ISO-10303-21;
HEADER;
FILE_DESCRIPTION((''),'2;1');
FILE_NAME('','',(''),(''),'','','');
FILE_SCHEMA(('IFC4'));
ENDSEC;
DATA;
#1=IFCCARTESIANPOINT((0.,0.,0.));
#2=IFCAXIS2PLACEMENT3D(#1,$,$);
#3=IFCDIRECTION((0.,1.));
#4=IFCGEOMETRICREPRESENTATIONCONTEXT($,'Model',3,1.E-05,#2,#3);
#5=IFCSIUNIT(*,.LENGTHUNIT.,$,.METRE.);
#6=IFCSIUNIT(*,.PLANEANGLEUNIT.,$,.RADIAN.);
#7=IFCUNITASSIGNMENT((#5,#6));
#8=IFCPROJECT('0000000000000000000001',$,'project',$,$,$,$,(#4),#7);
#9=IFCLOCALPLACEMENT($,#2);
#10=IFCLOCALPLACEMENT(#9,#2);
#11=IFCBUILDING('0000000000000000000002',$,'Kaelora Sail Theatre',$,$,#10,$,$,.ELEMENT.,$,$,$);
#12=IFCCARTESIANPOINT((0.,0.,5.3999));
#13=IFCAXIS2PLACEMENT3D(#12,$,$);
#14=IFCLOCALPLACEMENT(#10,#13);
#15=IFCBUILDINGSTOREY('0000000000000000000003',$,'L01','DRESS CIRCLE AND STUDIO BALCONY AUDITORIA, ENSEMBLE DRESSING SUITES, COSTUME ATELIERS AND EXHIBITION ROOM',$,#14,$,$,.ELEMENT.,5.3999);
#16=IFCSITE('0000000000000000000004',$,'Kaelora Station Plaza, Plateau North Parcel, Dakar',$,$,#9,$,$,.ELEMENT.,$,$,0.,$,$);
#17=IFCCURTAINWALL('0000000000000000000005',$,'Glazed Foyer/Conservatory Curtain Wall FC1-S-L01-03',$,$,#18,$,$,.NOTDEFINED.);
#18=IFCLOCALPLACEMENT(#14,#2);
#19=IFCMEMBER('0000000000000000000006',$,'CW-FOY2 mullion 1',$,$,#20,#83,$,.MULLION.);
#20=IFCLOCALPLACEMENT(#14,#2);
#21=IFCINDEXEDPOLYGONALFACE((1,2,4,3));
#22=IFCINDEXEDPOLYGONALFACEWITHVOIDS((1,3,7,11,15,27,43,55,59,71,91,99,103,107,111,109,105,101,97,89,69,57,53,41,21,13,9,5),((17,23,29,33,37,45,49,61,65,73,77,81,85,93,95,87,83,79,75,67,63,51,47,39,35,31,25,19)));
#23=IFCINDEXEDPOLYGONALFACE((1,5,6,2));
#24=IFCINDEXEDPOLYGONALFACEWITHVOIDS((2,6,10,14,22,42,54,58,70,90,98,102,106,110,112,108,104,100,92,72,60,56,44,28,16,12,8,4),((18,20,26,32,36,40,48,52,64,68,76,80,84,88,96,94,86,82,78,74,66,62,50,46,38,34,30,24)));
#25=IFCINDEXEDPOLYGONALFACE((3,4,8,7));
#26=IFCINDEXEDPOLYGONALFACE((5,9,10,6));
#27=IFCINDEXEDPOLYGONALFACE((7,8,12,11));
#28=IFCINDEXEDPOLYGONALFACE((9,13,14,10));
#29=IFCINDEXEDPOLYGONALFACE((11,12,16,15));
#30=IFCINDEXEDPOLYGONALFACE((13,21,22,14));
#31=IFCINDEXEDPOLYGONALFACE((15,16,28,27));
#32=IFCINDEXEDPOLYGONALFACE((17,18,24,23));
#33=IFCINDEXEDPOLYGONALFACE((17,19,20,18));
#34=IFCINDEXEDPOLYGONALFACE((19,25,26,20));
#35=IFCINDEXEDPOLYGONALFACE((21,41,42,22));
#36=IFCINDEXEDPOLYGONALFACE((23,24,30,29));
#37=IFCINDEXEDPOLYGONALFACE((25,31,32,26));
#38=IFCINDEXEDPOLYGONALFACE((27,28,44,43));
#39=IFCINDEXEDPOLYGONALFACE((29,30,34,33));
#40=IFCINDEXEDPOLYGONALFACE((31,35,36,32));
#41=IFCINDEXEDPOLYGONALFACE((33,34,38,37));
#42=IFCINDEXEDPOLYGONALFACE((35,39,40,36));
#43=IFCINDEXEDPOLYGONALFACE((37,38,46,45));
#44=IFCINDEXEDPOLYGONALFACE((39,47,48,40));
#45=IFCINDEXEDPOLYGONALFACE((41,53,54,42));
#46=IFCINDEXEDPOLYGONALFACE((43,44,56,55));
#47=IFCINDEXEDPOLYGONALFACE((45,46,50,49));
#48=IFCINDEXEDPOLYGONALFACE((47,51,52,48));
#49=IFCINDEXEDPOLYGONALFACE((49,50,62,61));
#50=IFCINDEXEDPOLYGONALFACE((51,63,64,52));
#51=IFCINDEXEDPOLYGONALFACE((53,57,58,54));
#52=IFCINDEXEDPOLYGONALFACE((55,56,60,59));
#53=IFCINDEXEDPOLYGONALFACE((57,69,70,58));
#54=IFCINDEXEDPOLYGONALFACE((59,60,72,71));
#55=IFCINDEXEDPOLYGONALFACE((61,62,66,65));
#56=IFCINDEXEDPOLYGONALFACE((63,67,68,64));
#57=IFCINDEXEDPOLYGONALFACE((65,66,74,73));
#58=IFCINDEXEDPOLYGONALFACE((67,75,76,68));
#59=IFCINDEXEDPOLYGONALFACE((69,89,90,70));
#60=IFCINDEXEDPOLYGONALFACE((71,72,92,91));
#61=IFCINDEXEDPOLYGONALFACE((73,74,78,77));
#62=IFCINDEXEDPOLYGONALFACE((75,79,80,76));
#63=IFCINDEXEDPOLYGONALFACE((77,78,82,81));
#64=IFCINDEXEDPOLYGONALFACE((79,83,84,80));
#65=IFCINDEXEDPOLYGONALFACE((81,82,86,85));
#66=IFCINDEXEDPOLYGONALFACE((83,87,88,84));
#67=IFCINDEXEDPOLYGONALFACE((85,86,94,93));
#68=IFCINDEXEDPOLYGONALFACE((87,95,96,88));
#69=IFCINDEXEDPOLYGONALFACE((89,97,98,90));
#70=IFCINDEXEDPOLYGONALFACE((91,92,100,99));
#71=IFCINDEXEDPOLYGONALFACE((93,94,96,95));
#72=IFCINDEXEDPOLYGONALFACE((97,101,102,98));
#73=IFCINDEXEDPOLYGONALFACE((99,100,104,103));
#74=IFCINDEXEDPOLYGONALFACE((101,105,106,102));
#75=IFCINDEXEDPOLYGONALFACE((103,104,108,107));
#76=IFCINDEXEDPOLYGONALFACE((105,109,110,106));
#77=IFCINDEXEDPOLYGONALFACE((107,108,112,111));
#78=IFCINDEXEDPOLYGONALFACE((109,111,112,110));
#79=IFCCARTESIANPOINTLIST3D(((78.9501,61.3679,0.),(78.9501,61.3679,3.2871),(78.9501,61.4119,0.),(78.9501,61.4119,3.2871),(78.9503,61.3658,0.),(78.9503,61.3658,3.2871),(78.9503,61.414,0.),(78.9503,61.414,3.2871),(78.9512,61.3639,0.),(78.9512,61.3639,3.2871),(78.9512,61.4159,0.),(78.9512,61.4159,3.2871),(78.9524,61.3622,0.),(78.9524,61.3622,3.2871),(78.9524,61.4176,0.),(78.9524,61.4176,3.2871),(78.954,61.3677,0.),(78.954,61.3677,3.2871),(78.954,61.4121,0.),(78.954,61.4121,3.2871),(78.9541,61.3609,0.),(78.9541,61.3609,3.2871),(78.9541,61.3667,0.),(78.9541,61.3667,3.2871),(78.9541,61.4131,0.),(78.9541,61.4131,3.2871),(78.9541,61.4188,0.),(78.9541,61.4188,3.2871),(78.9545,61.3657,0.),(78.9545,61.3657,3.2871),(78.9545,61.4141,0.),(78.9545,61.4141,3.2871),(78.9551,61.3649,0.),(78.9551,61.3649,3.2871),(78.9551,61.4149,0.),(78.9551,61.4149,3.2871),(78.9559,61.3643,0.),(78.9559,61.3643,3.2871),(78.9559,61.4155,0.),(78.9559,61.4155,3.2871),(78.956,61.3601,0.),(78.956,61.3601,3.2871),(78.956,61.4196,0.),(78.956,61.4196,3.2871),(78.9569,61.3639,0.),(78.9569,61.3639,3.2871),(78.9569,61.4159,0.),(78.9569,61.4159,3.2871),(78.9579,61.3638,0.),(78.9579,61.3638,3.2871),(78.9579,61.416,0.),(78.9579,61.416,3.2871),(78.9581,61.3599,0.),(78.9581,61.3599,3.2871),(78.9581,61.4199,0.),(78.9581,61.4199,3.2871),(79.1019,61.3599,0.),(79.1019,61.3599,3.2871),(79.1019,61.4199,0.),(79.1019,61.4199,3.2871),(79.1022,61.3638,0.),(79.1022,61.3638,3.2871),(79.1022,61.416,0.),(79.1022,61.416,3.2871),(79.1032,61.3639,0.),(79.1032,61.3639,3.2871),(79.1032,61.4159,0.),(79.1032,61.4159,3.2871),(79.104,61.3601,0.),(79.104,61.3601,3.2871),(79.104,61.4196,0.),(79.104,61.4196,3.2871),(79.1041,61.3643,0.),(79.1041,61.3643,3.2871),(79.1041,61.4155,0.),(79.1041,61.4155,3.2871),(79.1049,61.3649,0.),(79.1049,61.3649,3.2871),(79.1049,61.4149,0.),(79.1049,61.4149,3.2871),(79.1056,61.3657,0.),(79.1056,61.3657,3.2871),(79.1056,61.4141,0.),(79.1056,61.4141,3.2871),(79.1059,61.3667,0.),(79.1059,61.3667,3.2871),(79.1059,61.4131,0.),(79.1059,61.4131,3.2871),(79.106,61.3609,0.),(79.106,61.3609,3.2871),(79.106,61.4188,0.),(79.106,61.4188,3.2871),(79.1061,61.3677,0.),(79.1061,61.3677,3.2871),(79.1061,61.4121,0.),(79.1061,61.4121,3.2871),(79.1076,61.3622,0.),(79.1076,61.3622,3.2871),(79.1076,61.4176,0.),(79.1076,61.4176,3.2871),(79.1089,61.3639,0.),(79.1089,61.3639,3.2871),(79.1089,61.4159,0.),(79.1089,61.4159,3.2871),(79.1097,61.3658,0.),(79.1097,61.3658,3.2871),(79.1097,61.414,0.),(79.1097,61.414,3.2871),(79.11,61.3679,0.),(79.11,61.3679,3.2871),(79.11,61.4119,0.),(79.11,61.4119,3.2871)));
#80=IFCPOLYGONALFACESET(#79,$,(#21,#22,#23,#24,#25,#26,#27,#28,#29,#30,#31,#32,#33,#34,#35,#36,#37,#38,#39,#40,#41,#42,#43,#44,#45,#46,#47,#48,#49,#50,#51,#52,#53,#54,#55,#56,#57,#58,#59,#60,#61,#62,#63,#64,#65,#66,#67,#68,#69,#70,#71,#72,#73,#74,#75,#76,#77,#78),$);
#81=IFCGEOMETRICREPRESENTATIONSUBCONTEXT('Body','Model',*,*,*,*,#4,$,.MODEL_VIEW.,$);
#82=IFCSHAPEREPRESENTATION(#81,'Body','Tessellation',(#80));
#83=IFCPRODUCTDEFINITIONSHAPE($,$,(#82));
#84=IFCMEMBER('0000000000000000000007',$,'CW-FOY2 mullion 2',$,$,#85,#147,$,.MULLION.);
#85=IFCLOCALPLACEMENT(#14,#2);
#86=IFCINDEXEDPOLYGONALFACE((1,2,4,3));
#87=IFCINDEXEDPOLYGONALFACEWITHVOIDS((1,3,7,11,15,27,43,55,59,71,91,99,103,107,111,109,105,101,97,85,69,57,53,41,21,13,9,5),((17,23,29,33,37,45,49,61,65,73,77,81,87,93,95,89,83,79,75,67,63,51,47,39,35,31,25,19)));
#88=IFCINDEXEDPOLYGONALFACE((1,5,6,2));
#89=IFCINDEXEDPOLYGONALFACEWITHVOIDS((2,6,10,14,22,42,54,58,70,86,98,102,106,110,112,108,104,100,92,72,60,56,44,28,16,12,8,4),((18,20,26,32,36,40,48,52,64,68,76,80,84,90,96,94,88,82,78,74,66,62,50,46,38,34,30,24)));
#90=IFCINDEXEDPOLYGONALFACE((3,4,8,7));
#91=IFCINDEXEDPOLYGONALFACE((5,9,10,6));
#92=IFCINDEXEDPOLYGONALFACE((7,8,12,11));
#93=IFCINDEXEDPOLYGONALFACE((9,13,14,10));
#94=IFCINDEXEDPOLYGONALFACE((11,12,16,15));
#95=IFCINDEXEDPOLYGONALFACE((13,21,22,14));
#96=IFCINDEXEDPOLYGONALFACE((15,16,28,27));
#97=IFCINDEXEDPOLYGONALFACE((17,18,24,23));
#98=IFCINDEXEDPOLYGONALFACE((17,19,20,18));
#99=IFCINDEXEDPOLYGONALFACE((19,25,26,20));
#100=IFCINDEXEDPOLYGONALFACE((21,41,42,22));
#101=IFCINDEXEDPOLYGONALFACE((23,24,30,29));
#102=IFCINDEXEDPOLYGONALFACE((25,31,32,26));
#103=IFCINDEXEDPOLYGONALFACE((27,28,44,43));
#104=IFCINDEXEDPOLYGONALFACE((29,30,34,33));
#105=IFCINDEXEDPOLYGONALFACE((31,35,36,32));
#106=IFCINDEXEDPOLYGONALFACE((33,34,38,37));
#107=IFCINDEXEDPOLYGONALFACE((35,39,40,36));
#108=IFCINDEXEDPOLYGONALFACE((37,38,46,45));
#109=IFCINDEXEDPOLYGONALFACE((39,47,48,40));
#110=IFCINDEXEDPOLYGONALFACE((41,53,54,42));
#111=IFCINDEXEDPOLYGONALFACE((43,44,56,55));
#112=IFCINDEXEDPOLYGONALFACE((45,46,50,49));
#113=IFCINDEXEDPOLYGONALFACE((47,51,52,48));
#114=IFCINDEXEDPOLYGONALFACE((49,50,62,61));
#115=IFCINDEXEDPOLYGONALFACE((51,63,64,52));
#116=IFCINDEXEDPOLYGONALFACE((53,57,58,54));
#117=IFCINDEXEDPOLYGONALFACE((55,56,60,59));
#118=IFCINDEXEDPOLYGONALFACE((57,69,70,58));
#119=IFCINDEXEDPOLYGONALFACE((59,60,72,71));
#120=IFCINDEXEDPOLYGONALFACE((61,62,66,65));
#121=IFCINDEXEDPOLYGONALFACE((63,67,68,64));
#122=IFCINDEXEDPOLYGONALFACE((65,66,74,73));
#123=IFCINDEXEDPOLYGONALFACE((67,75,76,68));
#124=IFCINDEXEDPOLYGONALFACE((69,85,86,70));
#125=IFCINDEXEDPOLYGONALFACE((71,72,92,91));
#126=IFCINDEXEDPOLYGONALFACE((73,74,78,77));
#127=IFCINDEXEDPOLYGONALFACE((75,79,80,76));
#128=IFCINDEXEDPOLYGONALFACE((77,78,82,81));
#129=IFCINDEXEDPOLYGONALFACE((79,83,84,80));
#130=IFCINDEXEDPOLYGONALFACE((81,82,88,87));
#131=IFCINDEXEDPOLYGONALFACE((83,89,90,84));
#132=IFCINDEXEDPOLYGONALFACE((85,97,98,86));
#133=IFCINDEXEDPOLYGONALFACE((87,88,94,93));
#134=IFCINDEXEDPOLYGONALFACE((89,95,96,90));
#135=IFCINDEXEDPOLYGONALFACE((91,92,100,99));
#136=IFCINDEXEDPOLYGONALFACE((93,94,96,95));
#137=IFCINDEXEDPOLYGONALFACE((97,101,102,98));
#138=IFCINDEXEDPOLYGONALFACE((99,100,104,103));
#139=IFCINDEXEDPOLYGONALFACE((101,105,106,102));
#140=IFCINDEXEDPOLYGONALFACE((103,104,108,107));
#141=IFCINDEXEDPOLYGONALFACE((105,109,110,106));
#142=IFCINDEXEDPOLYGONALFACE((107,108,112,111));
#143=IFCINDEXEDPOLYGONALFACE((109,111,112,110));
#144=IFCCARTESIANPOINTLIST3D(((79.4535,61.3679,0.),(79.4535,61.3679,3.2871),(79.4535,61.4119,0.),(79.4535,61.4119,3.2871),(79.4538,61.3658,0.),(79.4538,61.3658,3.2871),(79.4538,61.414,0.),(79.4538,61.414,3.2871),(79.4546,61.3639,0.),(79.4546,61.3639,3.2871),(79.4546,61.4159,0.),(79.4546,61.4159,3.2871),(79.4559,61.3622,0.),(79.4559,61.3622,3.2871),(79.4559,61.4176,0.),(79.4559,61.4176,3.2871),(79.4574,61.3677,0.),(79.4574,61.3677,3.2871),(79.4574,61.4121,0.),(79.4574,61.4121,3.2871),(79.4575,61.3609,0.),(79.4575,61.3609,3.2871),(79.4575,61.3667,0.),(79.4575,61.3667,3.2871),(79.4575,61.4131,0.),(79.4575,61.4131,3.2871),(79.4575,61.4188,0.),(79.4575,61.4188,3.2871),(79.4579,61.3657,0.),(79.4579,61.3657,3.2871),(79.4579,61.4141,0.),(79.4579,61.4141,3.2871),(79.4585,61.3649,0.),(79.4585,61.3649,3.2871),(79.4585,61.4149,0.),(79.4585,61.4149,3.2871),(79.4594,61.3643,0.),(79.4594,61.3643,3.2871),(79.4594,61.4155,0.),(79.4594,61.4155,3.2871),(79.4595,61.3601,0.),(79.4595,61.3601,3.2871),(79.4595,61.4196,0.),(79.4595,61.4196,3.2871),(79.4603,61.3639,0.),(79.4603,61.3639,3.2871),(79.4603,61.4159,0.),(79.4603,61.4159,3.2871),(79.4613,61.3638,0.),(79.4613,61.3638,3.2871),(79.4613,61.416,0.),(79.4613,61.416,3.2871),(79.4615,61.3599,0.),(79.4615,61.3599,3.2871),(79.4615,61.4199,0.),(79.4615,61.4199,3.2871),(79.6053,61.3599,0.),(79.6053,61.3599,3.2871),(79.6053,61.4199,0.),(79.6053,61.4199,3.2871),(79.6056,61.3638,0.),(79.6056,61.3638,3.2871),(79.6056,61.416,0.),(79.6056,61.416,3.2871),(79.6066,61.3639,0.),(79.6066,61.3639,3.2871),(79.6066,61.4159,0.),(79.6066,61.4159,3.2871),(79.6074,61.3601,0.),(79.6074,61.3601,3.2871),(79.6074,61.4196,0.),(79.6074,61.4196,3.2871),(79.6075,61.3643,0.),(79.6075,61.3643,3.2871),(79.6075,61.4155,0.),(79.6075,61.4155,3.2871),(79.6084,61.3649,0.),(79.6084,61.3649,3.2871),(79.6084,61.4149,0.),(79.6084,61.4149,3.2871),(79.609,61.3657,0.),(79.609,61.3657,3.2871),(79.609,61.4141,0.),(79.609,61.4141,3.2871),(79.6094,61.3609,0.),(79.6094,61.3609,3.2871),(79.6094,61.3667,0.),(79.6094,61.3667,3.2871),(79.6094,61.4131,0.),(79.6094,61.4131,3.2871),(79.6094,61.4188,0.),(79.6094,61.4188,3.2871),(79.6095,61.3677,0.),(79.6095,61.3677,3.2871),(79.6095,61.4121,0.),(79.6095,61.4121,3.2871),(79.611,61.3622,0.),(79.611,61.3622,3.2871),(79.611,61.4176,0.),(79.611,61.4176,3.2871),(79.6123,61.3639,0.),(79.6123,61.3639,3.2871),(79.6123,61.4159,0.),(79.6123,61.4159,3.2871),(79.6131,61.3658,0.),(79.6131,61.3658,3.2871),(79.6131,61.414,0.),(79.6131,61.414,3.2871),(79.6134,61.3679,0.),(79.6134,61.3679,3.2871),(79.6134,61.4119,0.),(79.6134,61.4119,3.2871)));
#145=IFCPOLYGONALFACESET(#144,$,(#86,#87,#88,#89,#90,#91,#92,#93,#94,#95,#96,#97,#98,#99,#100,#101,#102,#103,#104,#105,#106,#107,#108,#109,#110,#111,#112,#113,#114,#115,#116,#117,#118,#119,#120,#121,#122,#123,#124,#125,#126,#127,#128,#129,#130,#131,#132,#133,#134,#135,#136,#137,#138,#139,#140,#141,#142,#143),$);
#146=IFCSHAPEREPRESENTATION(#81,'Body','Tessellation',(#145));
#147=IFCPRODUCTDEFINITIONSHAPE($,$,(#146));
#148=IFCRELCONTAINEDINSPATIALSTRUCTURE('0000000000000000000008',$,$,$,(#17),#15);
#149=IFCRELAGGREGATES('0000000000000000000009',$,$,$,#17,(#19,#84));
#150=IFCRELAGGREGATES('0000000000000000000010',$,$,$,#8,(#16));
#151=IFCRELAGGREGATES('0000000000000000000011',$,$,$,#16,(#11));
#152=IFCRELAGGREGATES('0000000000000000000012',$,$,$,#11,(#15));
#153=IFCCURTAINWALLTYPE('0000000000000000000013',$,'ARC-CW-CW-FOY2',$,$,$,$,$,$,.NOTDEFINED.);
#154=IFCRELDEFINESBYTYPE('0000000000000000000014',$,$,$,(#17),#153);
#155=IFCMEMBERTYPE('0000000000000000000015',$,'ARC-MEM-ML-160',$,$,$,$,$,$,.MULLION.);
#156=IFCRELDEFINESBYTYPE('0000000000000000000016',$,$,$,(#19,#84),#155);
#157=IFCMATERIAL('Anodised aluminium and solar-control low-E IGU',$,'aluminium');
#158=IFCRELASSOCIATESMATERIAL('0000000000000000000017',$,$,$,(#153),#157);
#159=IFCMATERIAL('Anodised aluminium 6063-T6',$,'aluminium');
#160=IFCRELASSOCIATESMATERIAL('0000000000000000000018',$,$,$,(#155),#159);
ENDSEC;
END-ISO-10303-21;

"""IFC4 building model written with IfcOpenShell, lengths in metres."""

from ifc_helpers import new_model, si_unit, direction, frame, origin, origin_2d, place, context, subcontext, project, spatial, hollow_rectangle, extrude, material, material_profile, profile_set, type_object, element, aggregate, save


model = new_model("IFC4")

# Units and contexts
model_context = context("Model", 3, precision=1e-05, world=origin(), true_north=direction((0.0, 1.0)))
body_context = subcontext(model_context, "Body", "Model", "MODEL_VIEW")
ifc_project = project(units=[si_unit("LENGTHUNIT", "METRE"), si_unit("PLANEANGLEUNIT", "RADIAN")], contexts=[model_context])

# Site, building, storey
site_placement = place(None, origin())
site = spatial("IfcSite", under=ifc_project, at=site_placement, Name="Kaelora Station Plaza, Plateau North Parcel, Dakar", CompositionType="ELEMENT", RefElevation=0.0)
building_placement = place(site_placement, origin())
building = spatial("IfcBuilding", under=site, at=building_placement, Name="Kaelora Sail Theatre", CompositionType="ELEMENT")
storey_placement = place(building_placement, frame((0.0, 0.0, 5.3999)))
storey = spatial("IfcBuildingStorey", under=building, at=storey_placement, Name="L01", Description="DRESS CIRCLE AND STUDIO BALCONY AUDITORIA, ENSEMBLE DRESSING SUITES, COSTUME ATELIERS AND EXHIBITION ROOM", CompositionType="ELEMENT", Elevation=5.3999)

# Curtain wall, members
ifc_material_1 = material(Name="Anodised aluminium and solar-control low-E IGU", Category="aluminium")
curtain_wall_type = type_object("IfcCurtainWallType", Name="ARC-CW-CW-FOY2", PredefinedType="NOTDEFINED", material=ifc_material_1)
ifc_material_2 = material(Name="Anodised aluminium 6063-T6", Category="aluminium")
ifc_material_profile_1 = material_profile(ifc_material_2, hollow_rectangle(XDim=0.0601, YDim=0.1599, WallThickness=0.0039, InnerFilletRadius=0.0039, OuterFilletRadius=0.0081, at=origin_2d()), Name="ALU-MULL 60x160x4")
ifc_profile_set_1 = profile_set([ifc_material_profile_1], Name="Anodised aluminium 6063-T6")
member_type_1 = type_object("IfcMemberType", Name="ARC-MEM-ML-160", PredefinedType="MULLION", material=ifc_profile_set_1)
curtain_wall_1_placement = place(storey_placement, origin())
curtain_wall_1 = element("IfcCurtainWall", 1, at=curtain_wall_1_placement, inside=storey, type_object=curtain_wall_type, Name="Glazed Foyer/Conservatory Curtain Wall FC1-S-L01-03", PredefinedType="NOTDEFINED")
member_1_placement = place(storey_placement, frame((79.03, 61.3899, 0.0), z_axis=(0.0, 0.0, 1.0), x_axis=(0.0, 1.0, 0.0)))
member_1 = element("IfcMember", 2, at=member_1_placement, type_object=member_type_1, Name="CW-FOY2 mullion 1", PredefinedType="MULLION", context=body_context, shape_type="SweptSolid", body=[
    extrude(hollow_rectangle(XDim=0.0601, YDim=0.1599, WallThickness=0.0039, InnerFilletRadius=0.0039, OuterFilletRadius=0.0081, at=origin_2d()), origin(), (0.0, 0.0, 1.0), 3.2871),
])
member_2_placement = place(storey_placement, frame((79.5334, 61.3899, 0.0), z_axis=(0.0, 0.0, 1.0), x_axis=(0.0, 1.0, 0.0)))
member_2 = element("IfcMember", 3, at=member_2_placement, type_object=member_type_1, Name="CW-FOY2 mullion 2", PredefinedType="MULLION", context=body_context, shape_type="SweptSolid", body=[
    extrude(hollow_rectangle(XDim=0.0601, YDim=0.1599, WallThickness=0.0039, InnerFilletRadius=0.0039, OuterFilletRadius=0.0081, at=origin_2d()), origin(), (0.0, 0.0, 1.0), 3.2871),
])

aggregate(curtain_wall_1, [member_1, member_2])

save(model, "model.ifc")
